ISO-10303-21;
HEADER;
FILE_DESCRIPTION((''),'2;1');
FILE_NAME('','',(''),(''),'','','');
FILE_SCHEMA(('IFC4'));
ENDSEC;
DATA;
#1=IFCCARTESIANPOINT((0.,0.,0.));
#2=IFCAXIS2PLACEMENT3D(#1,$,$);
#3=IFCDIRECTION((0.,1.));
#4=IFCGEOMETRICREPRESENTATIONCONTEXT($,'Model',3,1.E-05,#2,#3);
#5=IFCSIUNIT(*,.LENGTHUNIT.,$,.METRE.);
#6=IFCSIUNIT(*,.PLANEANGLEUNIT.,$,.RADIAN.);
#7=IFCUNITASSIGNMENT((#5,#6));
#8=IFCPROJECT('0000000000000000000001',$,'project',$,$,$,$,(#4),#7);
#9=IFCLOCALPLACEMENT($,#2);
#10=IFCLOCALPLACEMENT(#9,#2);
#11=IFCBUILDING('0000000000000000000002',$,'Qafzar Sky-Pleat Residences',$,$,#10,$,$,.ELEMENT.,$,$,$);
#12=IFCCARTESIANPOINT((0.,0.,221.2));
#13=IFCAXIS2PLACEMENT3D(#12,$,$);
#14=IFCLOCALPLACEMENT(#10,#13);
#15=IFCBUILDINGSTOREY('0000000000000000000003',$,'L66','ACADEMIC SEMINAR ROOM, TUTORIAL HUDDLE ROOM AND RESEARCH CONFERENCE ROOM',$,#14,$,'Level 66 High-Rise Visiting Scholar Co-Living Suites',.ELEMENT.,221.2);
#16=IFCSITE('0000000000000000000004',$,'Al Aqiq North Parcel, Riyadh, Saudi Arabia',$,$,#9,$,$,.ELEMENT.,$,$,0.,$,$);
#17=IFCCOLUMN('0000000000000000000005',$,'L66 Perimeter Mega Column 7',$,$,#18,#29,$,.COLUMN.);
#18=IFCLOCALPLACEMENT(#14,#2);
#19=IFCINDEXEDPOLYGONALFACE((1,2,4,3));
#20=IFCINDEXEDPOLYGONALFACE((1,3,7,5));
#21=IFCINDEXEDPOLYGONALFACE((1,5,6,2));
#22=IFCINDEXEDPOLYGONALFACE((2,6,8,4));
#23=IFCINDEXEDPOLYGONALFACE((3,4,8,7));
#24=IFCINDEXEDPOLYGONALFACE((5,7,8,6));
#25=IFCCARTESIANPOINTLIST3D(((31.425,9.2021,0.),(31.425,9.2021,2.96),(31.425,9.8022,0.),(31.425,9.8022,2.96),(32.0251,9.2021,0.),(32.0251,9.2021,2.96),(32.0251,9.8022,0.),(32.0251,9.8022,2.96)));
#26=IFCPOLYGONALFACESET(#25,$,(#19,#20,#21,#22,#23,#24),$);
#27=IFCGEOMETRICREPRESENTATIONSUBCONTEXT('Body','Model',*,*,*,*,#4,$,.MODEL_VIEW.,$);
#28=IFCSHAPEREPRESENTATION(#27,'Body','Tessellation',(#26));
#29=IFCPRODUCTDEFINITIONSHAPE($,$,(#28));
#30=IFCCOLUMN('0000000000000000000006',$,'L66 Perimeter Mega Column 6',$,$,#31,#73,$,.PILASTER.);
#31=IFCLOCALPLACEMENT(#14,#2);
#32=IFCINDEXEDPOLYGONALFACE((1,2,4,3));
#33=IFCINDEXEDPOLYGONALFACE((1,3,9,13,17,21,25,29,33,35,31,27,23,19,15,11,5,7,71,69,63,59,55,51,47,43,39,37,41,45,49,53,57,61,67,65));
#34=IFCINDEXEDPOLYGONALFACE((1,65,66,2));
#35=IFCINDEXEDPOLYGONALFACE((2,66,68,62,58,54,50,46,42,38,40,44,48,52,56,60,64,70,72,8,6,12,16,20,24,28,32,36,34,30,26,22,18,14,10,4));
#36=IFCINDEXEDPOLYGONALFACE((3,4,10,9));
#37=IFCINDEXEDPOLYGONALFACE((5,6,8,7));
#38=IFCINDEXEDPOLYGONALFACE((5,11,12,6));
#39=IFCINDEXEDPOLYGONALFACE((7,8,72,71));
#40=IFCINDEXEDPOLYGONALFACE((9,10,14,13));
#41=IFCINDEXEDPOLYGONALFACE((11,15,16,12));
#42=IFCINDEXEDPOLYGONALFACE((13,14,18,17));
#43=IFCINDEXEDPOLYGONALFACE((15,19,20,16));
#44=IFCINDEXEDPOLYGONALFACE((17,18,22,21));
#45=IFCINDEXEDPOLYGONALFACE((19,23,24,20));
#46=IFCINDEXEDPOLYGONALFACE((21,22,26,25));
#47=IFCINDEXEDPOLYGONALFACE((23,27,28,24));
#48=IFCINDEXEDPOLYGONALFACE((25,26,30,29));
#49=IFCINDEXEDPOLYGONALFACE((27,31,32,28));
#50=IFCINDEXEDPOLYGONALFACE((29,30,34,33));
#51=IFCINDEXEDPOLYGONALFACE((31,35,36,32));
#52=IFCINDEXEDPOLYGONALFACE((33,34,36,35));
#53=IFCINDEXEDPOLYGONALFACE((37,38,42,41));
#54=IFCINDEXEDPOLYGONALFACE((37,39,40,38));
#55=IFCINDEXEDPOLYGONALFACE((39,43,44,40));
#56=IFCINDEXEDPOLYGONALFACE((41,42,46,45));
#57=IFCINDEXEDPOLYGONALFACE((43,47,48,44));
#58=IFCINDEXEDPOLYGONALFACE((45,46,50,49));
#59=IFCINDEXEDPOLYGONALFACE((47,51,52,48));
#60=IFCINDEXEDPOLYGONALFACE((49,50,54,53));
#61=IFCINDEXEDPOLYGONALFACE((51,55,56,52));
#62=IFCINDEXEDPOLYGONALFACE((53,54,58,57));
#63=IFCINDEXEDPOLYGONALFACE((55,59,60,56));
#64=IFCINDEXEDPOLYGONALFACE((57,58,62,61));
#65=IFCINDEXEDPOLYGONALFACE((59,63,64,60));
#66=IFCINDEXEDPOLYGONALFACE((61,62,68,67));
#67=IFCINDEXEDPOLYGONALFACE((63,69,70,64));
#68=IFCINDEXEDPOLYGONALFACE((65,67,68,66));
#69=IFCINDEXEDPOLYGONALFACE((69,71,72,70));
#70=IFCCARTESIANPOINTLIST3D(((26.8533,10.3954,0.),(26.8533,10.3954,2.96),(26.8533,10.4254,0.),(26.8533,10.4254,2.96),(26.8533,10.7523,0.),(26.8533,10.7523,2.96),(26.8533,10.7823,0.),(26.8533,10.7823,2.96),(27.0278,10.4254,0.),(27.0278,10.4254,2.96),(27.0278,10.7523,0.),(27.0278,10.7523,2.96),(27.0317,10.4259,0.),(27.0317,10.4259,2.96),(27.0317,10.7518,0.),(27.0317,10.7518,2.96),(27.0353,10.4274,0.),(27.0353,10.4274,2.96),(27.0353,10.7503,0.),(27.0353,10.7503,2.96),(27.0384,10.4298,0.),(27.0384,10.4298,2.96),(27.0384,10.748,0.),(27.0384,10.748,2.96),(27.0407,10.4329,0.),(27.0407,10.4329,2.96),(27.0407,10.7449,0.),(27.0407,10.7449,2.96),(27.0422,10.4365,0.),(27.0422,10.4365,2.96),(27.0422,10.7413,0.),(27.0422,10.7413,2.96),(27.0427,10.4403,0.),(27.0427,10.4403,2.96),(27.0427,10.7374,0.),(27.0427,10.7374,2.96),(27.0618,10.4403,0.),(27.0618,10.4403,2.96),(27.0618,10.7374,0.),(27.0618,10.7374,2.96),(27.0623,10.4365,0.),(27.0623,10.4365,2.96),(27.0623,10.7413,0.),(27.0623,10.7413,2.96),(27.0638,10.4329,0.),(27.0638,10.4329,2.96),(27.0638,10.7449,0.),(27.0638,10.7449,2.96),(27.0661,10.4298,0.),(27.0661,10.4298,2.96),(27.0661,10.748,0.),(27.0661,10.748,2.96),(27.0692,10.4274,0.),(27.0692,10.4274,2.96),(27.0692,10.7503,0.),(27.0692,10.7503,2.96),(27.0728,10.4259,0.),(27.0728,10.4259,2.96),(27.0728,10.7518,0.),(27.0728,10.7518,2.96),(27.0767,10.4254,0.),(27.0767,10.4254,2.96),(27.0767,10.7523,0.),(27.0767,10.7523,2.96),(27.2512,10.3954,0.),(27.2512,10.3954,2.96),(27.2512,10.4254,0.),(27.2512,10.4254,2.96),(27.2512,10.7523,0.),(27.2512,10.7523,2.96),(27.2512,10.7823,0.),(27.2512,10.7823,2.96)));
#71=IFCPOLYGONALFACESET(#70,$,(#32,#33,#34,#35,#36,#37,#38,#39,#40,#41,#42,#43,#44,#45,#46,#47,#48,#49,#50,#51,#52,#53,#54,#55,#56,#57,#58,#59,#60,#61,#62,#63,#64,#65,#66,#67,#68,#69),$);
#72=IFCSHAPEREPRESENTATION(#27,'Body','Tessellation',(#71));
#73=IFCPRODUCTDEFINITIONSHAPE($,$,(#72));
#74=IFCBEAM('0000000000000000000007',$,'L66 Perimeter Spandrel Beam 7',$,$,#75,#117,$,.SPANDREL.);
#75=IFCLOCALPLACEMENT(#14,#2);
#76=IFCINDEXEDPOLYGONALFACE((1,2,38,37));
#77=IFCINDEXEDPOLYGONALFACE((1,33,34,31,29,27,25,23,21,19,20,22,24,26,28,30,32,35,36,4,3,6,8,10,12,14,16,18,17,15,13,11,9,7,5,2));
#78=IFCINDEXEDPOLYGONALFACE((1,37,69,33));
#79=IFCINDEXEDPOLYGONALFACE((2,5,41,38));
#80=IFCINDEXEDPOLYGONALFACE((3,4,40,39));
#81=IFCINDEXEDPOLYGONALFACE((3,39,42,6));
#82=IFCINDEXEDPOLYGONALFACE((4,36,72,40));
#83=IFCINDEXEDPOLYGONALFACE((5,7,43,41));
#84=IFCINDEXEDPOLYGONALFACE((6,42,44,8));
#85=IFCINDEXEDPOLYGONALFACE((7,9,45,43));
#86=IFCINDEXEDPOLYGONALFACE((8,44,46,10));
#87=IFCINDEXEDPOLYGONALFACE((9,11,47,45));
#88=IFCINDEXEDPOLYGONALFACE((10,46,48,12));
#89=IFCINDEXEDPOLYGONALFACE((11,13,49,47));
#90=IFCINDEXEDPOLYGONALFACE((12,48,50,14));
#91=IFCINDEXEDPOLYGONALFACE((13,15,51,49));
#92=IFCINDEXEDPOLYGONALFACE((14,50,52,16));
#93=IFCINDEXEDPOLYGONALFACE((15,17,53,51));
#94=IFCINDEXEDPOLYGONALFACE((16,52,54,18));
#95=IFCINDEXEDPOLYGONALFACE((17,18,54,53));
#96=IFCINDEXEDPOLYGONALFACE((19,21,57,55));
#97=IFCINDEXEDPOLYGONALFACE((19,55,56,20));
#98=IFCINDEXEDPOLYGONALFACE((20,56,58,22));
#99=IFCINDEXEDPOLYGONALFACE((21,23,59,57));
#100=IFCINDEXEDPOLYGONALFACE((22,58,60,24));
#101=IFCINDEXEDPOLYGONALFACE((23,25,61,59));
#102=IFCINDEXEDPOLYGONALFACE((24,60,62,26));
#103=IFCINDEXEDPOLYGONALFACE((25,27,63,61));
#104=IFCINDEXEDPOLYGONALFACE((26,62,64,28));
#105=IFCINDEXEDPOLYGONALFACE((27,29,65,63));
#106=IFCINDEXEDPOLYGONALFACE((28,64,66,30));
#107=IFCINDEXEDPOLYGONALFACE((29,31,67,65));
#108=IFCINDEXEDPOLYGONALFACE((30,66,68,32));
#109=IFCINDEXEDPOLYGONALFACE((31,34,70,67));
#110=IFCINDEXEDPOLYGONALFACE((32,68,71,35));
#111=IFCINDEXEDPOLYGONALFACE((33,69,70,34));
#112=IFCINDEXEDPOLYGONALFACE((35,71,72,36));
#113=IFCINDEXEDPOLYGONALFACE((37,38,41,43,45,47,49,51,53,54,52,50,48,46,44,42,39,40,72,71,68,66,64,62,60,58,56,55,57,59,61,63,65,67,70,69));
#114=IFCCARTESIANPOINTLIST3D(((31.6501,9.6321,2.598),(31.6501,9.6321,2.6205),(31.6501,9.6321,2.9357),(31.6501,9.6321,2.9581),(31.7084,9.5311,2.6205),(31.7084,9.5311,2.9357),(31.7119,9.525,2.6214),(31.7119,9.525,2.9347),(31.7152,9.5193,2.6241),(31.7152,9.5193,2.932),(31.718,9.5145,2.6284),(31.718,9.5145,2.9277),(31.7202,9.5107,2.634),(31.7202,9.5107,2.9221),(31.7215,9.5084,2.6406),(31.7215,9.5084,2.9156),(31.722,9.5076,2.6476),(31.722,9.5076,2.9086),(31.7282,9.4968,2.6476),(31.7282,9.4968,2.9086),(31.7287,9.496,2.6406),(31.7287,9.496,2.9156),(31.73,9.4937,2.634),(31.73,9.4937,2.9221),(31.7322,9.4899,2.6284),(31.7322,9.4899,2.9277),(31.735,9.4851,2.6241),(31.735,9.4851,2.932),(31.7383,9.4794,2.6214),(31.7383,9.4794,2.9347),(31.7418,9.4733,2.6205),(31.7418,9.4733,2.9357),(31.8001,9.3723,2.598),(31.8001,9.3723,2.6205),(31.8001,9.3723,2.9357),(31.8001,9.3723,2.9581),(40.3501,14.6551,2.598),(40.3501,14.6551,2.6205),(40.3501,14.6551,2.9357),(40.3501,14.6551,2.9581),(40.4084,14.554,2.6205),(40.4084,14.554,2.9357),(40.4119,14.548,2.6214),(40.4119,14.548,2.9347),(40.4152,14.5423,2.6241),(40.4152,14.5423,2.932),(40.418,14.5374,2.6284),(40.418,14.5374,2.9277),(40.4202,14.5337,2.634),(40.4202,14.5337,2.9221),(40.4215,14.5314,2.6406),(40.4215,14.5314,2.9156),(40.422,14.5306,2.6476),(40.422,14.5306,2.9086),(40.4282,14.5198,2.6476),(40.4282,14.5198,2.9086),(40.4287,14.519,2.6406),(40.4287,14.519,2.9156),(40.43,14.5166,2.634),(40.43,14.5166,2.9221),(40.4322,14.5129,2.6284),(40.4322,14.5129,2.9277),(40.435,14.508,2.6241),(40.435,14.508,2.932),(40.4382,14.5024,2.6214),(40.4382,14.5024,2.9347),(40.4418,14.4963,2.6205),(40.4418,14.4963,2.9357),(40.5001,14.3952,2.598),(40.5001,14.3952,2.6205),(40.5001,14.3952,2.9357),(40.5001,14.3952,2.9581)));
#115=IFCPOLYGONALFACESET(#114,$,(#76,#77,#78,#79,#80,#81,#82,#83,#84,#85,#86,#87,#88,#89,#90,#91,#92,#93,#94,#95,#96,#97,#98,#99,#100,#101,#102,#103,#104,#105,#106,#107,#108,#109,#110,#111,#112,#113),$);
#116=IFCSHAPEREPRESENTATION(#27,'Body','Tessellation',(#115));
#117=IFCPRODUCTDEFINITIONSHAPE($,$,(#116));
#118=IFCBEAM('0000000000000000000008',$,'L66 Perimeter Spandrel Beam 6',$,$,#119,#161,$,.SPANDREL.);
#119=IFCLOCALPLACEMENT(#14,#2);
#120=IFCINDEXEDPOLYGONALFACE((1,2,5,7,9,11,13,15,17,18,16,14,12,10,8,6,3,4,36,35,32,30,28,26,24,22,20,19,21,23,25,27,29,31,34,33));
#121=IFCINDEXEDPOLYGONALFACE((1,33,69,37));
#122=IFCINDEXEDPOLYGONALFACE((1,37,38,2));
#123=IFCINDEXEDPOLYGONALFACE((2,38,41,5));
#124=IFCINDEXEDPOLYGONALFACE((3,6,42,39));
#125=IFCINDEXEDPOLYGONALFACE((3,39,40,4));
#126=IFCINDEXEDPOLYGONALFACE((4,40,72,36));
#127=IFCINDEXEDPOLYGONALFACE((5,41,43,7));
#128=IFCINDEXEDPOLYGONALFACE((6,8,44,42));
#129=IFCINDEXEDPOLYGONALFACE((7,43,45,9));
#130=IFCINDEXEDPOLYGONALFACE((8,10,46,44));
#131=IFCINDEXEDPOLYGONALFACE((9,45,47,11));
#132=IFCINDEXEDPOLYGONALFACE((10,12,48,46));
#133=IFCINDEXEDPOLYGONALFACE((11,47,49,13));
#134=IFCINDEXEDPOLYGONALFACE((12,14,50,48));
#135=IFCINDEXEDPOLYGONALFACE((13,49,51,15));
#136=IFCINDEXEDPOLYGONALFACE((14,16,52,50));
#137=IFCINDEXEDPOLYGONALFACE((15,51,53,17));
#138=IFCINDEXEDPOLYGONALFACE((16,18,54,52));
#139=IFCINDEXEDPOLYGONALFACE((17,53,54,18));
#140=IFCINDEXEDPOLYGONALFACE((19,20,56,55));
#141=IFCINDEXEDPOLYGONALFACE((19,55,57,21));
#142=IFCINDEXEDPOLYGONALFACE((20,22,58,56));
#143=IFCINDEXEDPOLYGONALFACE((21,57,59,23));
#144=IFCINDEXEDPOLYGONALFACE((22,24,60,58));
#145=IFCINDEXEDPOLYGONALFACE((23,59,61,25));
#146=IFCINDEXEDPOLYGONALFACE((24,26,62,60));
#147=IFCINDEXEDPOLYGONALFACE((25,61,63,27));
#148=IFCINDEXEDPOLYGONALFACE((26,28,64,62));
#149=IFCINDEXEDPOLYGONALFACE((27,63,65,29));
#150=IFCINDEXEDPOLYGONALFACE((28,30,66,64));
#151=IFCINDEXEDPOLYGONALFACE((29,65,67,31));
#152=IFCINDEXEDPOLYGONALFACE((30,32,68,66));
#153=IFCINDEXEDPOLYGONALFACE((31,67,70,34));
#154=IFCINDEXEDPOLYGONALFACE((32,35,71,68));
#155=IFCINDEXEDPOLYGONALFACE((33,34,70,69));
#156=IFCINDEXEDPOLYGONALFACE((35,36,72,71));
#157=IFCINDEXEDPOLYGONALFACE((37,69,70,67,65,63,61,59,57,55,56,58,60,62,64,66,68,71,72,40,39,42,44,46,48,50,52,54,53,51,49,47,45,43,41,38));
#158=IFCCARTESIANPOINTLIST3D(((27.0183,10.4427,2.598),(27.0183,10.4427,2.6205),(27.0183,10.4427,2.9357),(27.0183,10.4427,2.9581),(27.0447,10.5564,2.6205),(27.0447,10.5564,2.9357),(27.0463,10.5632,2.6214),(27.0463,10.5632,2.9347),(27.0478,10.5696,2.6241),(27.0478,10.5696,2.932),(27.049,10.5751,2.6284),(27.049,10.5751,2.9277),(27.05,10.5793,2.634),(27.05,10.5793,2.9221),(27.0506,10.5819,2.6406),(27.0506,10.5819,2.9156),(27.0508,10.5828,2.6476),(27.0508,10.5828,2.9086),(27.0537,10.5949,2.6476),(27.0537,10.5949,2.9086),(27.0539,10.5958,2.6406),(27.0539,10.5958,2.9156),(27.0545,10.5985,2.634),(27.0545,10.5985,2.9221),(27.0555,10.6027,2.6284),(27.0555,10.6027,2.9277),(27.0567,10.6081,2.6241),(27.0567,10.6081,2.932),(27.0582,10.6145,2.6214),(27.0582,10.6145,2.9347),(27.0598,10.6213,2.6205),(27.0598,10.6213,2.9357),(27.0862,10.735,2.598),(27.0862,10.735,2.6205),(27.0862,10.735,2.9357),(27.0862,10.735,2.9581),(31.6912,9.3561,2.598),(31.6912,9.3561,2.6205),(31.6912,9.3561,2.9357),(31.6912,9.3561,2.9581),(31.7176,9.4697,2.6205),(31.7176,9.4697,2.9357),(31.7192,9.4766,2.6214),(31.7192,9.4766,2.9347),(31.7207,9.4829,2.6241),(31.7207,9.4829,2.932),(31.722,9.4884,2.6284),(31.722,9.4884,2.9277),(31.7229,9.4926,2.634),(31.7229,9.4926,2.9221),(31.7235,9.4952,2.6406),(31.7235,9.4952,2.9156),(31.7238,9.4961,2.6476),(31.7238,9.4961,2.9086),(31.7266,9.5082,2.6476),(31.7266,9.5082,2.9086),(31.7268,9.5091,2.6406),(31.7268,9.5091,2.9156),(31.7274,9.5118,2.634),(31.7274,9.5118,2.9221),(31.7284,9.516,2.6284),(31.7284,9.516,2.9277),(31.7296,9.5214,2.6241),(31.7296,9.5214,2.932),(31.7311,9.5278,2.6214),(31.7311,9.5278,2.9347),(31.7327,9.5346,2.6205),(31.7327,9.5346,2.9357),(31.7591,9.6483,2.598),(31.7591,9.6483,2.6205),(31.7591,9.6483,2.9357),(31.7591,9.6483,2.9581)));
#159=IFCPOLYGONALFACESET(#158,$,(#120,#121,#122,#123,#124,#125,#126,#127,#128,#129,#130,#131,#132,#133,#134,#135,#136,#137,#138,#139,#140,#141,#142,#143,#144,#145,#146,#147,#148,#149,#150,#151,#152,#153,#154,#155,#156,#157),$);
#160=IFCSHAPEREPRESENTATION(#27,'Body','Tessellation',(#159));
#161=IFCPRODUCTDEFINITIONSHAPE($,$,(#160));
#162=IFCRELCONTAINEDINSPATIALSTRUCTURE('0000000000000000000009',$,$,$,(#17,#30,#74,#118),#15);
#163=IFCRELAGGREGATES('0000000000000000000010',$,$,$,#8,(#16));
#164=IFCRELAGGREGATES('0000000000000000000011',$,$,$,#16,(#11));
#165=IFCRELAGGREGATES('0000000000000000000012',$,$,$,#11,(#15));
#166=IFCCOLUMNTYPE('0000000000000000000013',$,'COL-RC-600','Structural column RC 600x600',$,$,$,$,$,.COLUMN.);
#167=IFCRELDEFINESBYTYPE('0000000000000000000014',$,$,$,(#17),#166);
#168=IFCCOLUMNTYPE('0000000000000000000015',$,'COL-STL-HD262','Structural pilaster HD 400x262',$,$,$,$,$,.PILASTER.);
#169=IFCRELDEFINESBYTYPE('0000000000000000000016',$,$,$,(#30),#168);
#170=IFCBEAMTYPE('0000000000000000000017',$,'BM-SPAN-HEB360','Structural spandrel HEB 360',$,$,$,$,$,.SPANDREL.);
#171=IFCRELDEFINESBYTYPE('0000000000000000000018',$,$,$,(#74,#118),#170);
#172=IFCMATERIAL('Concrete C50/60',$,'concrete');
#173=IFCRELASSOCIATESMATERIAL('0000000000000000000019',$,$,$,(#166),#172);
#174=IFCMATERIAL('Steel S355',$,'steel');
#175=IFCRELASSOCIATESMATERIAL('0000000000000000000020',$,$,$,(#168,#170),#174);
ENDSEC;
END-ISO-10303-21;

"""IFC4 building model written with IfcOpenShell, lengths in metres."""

from ifc_helpers import new_model, si_unit, direction, frame, origin, origin_2d, place, context, subcontext, project, spatial, rectangle, i_section, extrude, source, transform, mapped, material, material_profile, profile_set, type_object, element, save


model = new_model("IFC4")

# Units and contexts
model_context = context("Model", 3, precision=1e-05, world=origin(), true_north=direction((0.0, 1.0)))
body_context = subcontext(model_context, "Body", "Model", "MODEL_VIEW")
ifc_project = project(units=[si_unit("LENGTHUNIT", "METRE"), si_unit("PLANEANGLEUNIT", "RADIAN")], contexts=[model_context])

# Site, building, storey
site_placement = place(None, origin())
site = spatial("IfcSite", under=ifc_project, at=site_placement, Name="Al Aqiq North Parcel, Riyadh, Saudi Arabia", CompositionType="ELEMENT", RefElevation=0.0)
building_placement = place(site_placement, origin())
building = spatial("IfcBuilding", under=site, at=building_placement, Name="Qafzar Sky-Pleat Residences", CompositionType="ELEMENT")
storey_placement = place(building_placement, frame((0.0, 0.0, 221.2)))
storey = spatial("IfcBuildingStorey", under=building, at=storey_placement, Name="L66", Description="ACADEMIC SEMINAR ROOM, TUTORIAL HUDDLE ROOM AND RESEARCH CONFERENCE ROOM", LongName="Level 66 High-Rise Visiting Scholar Co-Living Suites", CompositionType="ELEMENT", Elevation=221.2)

# Columns
ifc_material_1 = material(Name="Concrete C50/60", Category="concrete")
ifc_material_profile_1 = material_profile(ifc_material_1, rectangle(XDim=0.6001, YDim=0.6001, at=origin_2d()), Name="RC 600x600")
ifc_profile_set_1 = profile_set([ifc_material_profile_1], Name="Concrete C50/60")
column_type_1 = type_object("IfcColumnType", Name="COL-RC-600", Description="Structural column RC 600x600", PredefinedType="COLUMN", material=ifc_profile_set_1)
shared_shape_1 = source(origin(), body_context, "Body", "SweptSolid", [
    extrude(rectangle(XDim=0.6001, YDim=0.6001, at=origin_2d()), origin(), (0.0, 0.0, 1.0), 2.96),
])
column_1_placement = place(storey_placement, frame((31.7251, 9.5022, 0.0), z_axis=(0.0, 0.0, 1.0), x_axis=(1.0, 0.0, 0.0)))
element("IfcColumn", 1, at=column_1_placement, inside=storey, type_object=column_type_1, Name="L66 Perimeter Mega Column 7", PredefinedType="COLUMN", context=body_context, shape_type="MappedRepresentation", body=[
    mapped(shared_shape_1, transform((0.0, 0.0, 0.0), x_axis=(1.0, 0.0, 0.0), y_axis=(0.0, 1.0, 0.0), z_axis=(0.0, 0.0, 1.0), scale=1.0)),
])
ifc_material_2 = material(Name="Steel S355", Category="steel")
ifc_material_profile_2 = material_profile(ifc_material_2, i_section(OverallWidth=0.3979, OverallDepth=0.387, WebThickness=0.019, FlangeThickness=0.03, FilletRadius=0.0149, at=origin_2d()), Name="HD 400x262")
ifc_profile_set_2 = profile_set([ifc_material_profile_2], Name="Steel S355")
column_type_2 = type_object("IfcColumnType", Name="COL-STL-HD262", Description="Structural pilaster HD 400x262", PredefinedType="PILASTER", material=ifc_profile_set_2)
shared_shape_2 = source(origin(), body_context, "Body", "SweptSolid", [
    extrude(i_section(OverallWidth=0.3979, OverallDepth=0.387, WebThickness=0.019, FlangeThickness=0.03, FilletRadius=0.0149, at=origin_2d()), origin(), (0.0, 0.0, 1.0), 2.96),
])
column_2_placement = place(storey_placement, frame((27.0522, 10.5889, 0.0), z_axis=(0.0, 0.0, 1.0), x_axis=(1.0, 0.0, 0.0)))
element("IfcColumn", 2, at=column_2_placement, inside=storey, type_object=column_type_2, Name="L66 Perimeter Mega Column 6", PredefinedType="PILASTER", context=body_context, shape_type="MappedRepresentation", body=[
    mapped(shared_shape_2, transform((0.0, 0.0, 0.0), x_axis=(1.0, 0.0, 0.0), y_axis=(0.0, 1.0, 0.0), z_axis=(0.0, 0.0, 1.0), scale=1.0)),
])

# Beams
ifc_material_profile_3 = material_profile(ifc_material_2, i_section(OverallWidth=0.3, OverallDepth=0.3601, WebThickness=0.0125, FlangeThickness=0.0225, FilletRadius=0.0271, at=origin_2d()), Name="HEB 360")
ifc_profile_set_3 = profile_set([ifc_material_profile_3], Name="Steel S355")
beam_type_1 = type_object("IfcBeamType", Name="BM-SPAN-HEB360", Description="Structural spandrel HEB 360", PredefinedType="SPANDREL", material=ifc_profile_set_3)
shared_shape_3 = source(origin(), body_context, "Body", "SweptSolid", [
    extrude(i_section(OverallWidth=0.3, OverallDepth=0.3601, WebThickness=0.0125, FlangeThickness=0.0225, FilletRadius=0.0271, at=origin_2d()), origin(), (0.0, 0.0, 1.0), 10.0459),
])
beam_1_placement = place(storey_placement, frame((31.7251, 9.5022, 2.7781), z_axis=(0.866024, 0.500002, 0.0), x_axis=(-0.500002, 0.866024, 0.0)))
element("IfcBeam", 3, at=beam_1_placement, inside=storey, type_object=beam_type_1, Name="L66 Perimeter Spandrel Beam 7", PredefinedType="SPANDREL", context=body_context, shape_type="MappedRepresentation", body=[
    mapped(shared_shape_3, transform((0.0, 0.0, 0.0), x_axis=(1.0, 0.0, 0.0), y_axis=(0.0, 1.0, 0.0), z_axis=(0.0, 0.0, 1.0), scale=1.0)),
])
shared_shape_4 = source(origin(), body_context, "Body", "SweptSolid", [
    extrude(i_section(OverallWidth=0.3, OverallDepth=0.3601, WebThickness=0.0125, FlangeThickness=0.0225, FilletRadius=0.0271, at=origin_2d()), origin(), (0.0, 0.0, 1.0), 4.7976),
])
beam_2_placement = place(storey_placement, frame((27.0522, 10.5889, 2.7781), z_axis=(0.97401, -0.226506, 0.0), x_axis=(0.226506, 0.97401, 0.0)))
element("IfcBeam", 4, at=beam_2_placement, inside=storey, type_object=beam_type_1, Name="L66 Perimeter Spandrel Beam 6", PredefinedType="SPANDREL", context=body_context, shape_type="MappedRepresentation", body=[
    mapped(shared_shape_4, transform((0.0, 0.0, 0.0), x_axis=(1.0, 0.0, 0.0), y_axis=(0.0, 1.0, 0.0), z_axis=(0.0, 0.0, 1.0), scale=1.0)),
])

save(model, "model.ifc")
